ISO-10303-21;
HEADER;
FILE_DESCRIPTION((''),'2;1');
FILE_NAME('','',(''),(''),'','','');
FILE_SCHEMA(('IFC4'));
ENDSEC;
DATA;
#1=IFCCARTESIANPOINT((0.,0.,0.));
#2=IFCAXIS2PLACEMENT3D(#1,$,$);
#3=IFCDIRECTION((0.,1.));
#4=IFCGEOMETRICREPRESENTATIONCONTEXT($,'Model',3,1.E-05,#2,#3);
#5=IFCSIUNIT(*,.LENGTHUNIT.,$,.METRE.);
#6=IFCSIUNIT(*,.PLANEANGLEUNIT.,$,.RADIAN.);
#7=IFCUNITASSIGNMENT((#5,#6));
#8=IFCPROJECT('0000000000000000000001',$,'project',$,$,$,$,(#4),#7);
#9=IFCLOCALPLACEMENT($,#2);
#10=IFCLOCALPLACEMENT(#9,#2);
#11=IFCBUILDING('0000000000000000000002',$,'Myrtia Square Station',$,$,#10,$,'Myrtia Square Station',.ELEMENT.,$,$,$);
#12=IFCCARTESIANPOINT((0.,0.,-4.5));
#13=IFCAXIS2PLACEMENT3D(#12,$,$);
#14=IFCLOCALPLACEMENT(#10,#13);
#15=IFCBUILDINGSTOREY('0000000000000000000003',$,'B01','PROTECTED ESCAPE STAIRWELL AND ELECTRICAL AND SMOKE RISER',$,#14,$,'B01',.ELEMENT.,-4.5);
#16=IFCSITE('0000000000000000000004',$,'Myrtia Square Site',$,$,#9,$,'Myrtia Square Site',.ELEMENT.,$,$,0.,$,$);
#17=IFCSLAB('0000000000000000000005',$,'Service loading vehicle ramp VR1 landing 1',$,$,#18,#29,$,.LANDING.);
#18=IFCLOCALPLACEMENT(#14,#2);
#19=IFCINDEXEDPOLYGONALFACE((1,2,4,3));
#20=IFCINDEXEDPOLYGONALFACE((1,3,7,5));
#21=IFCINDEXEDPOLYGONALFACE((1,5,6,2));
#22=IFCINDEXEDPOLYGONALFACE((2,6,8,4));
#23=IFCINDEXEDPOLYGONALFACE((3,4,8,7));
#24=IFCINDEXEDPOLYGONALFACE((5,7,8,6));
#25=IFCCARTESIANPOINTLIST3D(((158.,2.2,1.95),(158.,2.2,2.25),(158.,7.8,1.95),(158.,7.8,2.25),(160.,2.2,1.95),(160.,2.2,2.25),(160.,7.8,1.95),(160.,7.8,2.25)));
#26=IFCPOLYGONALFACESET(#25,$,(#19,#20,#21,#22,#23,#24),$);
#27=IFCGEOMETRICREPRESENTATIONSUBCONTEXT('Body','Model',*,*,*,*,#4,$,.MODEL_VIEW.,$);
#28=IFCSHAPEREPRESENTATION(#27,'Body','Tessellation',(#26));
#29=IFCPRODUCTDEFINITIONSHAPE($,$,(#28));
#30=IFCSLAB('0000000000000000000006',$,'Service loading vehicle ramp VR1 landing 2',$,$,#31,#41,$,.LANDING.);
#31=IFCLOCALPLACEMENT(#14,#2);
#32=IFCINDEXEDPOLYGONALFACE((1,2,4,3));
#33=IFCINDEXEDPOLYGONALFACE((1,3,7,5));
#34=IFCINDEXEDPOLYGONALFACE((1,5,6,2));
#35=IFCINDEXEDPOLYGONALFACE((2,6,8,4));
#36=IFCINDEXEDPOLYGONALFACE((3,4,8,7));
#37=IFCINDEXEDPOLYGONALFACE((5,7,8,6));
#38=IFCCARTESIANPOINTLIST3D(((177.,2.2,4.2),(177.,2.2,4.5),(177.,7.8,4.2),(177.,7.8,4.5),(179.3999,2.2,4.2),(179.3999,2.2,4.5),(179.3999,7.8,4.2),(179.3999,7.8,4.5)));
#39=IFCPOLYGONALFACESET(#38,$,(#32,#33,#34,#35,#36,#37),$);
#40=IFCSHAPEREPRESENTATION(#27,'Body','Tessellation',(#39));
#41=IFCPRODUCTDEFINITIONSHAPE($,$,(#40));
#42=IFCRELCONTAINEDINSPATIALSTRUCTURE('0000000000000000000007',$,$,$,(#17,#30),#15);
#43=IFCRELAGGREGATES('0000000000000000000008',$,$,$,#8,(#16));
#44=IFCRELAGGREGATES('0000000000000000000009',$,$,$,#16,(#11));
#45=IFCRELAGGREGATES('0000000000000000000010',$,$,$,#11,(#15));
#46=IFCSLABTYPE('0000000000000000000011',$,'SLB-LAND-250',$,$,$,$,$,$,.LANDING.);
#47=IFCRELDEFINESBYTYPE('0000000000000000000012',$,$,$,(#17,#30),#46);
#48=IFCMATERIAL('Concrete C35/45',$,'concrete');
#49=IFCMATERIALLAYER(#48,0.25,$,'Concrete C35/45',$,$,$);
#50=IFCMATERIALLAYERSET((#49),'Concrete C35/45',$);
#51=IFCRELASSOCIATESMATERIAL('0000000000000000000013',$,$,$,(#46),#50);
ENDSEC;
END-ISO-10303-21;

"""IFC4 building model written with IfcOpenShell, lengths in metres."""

from ifc_helpers import new_model, si_unit, direction, frame, origin, place, context, subcontext, project, spatial, polyline, outline, extrude, material, layer, layer_set, type_object, element, save


model = new_model("IFC4")

# Units and contexts
model_context = context("Model", 3, precision=1e-05, world=origin(), true_north=direction((0.0, 1.0)))
body_context = subcontext(model_context, "Body", "Model", "MODEL_VIEW")
ifc_project = project(units=[si_unit("LENGTHUNIT", "METRE"), si_unit("PLANEANGLEUNIT", "RADIAN")], contexts=[model_context])

# Site, building, storey
site_placement = place(None, origin())
site = spatial("IfcSite", under=ifc_project, at=site_placement, Name="Myrtia Square Site", LongName="Myrtia Square Site", CompositionType="ELEMENT", RefElevation=0.0)
building_placement = place(site_placement, origin())
building = spatial("IfcBuilding", under=site, at=building_placement, Name="Myrtia Square Station", LongName="Myrtia Square Station", CompositionType="ELEMENT")
storey_placement = place(building_placement, frame((0.0, 0.0, -4.5)))
storey = spatial("IfcBuildingStorey", under=building, at=storey_placement, Name="B01", Description="PROTECTED ESCAPE STAIRWELL AND ELECTRICAL AND SMOKE RISER", LongName="B01", CompositionType="ELEMENT", Elevation=-4.5)

# Shared definitions
ifc_material_1 = material(Name="Concrete C35/45", Category="concrete")

# Slabs
ifc_layer_1 = layer(ifc_material_1, 0.25, Name="Concrete C35/45")
ifc_layer_set_1 = layer_set([ifc_layer_1], Name="Concrete C35/45")
slab_type_1 = type_object("IfcSlabType", Name="SLB-LAND-250", PredefinedType="LANDING", material=ifc_layer_set_1)
slab_1_placement = place(storey_placement, frame((0.0, 0.0, 1.95)))
element("IfcSlab", 1, at=slab_1_placement, inside=storey, type_object=slab_type_1, Name="Service loading vehicle ramp VR1 landing 1", PredefinedType="LANDING", context=body_context, shape_type="SweptSolid", body=[
    extrude(outline(polyline([(158.0, 2.2), (160.0, 2.2), (160.0, 7.8), (158.0, 7.8), (158.0, 2.2)])), origin(), (0.0, 0.0, 1.0), 0.3),
])
slab_2_placement = place(storey_placement, frame((0.0, 0.0, 4.2)))
element("IfcSlab", 2, at=slab_2_placement, inside=storey, type_object=slab_type_1, Name="Service loading vehicle ramp VR1 landing 2", PredefinedType="LANDING", context=body_context, shape_type="SweptSolid", body=[
    extrude(outline(polyline([(177.0, 2.2), (179.3999, 2.2), (179.3999, 7.8), (177.0, 7.8), (177.0, 2.2)])), origin(), (0.0, 0.0, 1.0), 0.3),
])

save(model, "model.ifc")
